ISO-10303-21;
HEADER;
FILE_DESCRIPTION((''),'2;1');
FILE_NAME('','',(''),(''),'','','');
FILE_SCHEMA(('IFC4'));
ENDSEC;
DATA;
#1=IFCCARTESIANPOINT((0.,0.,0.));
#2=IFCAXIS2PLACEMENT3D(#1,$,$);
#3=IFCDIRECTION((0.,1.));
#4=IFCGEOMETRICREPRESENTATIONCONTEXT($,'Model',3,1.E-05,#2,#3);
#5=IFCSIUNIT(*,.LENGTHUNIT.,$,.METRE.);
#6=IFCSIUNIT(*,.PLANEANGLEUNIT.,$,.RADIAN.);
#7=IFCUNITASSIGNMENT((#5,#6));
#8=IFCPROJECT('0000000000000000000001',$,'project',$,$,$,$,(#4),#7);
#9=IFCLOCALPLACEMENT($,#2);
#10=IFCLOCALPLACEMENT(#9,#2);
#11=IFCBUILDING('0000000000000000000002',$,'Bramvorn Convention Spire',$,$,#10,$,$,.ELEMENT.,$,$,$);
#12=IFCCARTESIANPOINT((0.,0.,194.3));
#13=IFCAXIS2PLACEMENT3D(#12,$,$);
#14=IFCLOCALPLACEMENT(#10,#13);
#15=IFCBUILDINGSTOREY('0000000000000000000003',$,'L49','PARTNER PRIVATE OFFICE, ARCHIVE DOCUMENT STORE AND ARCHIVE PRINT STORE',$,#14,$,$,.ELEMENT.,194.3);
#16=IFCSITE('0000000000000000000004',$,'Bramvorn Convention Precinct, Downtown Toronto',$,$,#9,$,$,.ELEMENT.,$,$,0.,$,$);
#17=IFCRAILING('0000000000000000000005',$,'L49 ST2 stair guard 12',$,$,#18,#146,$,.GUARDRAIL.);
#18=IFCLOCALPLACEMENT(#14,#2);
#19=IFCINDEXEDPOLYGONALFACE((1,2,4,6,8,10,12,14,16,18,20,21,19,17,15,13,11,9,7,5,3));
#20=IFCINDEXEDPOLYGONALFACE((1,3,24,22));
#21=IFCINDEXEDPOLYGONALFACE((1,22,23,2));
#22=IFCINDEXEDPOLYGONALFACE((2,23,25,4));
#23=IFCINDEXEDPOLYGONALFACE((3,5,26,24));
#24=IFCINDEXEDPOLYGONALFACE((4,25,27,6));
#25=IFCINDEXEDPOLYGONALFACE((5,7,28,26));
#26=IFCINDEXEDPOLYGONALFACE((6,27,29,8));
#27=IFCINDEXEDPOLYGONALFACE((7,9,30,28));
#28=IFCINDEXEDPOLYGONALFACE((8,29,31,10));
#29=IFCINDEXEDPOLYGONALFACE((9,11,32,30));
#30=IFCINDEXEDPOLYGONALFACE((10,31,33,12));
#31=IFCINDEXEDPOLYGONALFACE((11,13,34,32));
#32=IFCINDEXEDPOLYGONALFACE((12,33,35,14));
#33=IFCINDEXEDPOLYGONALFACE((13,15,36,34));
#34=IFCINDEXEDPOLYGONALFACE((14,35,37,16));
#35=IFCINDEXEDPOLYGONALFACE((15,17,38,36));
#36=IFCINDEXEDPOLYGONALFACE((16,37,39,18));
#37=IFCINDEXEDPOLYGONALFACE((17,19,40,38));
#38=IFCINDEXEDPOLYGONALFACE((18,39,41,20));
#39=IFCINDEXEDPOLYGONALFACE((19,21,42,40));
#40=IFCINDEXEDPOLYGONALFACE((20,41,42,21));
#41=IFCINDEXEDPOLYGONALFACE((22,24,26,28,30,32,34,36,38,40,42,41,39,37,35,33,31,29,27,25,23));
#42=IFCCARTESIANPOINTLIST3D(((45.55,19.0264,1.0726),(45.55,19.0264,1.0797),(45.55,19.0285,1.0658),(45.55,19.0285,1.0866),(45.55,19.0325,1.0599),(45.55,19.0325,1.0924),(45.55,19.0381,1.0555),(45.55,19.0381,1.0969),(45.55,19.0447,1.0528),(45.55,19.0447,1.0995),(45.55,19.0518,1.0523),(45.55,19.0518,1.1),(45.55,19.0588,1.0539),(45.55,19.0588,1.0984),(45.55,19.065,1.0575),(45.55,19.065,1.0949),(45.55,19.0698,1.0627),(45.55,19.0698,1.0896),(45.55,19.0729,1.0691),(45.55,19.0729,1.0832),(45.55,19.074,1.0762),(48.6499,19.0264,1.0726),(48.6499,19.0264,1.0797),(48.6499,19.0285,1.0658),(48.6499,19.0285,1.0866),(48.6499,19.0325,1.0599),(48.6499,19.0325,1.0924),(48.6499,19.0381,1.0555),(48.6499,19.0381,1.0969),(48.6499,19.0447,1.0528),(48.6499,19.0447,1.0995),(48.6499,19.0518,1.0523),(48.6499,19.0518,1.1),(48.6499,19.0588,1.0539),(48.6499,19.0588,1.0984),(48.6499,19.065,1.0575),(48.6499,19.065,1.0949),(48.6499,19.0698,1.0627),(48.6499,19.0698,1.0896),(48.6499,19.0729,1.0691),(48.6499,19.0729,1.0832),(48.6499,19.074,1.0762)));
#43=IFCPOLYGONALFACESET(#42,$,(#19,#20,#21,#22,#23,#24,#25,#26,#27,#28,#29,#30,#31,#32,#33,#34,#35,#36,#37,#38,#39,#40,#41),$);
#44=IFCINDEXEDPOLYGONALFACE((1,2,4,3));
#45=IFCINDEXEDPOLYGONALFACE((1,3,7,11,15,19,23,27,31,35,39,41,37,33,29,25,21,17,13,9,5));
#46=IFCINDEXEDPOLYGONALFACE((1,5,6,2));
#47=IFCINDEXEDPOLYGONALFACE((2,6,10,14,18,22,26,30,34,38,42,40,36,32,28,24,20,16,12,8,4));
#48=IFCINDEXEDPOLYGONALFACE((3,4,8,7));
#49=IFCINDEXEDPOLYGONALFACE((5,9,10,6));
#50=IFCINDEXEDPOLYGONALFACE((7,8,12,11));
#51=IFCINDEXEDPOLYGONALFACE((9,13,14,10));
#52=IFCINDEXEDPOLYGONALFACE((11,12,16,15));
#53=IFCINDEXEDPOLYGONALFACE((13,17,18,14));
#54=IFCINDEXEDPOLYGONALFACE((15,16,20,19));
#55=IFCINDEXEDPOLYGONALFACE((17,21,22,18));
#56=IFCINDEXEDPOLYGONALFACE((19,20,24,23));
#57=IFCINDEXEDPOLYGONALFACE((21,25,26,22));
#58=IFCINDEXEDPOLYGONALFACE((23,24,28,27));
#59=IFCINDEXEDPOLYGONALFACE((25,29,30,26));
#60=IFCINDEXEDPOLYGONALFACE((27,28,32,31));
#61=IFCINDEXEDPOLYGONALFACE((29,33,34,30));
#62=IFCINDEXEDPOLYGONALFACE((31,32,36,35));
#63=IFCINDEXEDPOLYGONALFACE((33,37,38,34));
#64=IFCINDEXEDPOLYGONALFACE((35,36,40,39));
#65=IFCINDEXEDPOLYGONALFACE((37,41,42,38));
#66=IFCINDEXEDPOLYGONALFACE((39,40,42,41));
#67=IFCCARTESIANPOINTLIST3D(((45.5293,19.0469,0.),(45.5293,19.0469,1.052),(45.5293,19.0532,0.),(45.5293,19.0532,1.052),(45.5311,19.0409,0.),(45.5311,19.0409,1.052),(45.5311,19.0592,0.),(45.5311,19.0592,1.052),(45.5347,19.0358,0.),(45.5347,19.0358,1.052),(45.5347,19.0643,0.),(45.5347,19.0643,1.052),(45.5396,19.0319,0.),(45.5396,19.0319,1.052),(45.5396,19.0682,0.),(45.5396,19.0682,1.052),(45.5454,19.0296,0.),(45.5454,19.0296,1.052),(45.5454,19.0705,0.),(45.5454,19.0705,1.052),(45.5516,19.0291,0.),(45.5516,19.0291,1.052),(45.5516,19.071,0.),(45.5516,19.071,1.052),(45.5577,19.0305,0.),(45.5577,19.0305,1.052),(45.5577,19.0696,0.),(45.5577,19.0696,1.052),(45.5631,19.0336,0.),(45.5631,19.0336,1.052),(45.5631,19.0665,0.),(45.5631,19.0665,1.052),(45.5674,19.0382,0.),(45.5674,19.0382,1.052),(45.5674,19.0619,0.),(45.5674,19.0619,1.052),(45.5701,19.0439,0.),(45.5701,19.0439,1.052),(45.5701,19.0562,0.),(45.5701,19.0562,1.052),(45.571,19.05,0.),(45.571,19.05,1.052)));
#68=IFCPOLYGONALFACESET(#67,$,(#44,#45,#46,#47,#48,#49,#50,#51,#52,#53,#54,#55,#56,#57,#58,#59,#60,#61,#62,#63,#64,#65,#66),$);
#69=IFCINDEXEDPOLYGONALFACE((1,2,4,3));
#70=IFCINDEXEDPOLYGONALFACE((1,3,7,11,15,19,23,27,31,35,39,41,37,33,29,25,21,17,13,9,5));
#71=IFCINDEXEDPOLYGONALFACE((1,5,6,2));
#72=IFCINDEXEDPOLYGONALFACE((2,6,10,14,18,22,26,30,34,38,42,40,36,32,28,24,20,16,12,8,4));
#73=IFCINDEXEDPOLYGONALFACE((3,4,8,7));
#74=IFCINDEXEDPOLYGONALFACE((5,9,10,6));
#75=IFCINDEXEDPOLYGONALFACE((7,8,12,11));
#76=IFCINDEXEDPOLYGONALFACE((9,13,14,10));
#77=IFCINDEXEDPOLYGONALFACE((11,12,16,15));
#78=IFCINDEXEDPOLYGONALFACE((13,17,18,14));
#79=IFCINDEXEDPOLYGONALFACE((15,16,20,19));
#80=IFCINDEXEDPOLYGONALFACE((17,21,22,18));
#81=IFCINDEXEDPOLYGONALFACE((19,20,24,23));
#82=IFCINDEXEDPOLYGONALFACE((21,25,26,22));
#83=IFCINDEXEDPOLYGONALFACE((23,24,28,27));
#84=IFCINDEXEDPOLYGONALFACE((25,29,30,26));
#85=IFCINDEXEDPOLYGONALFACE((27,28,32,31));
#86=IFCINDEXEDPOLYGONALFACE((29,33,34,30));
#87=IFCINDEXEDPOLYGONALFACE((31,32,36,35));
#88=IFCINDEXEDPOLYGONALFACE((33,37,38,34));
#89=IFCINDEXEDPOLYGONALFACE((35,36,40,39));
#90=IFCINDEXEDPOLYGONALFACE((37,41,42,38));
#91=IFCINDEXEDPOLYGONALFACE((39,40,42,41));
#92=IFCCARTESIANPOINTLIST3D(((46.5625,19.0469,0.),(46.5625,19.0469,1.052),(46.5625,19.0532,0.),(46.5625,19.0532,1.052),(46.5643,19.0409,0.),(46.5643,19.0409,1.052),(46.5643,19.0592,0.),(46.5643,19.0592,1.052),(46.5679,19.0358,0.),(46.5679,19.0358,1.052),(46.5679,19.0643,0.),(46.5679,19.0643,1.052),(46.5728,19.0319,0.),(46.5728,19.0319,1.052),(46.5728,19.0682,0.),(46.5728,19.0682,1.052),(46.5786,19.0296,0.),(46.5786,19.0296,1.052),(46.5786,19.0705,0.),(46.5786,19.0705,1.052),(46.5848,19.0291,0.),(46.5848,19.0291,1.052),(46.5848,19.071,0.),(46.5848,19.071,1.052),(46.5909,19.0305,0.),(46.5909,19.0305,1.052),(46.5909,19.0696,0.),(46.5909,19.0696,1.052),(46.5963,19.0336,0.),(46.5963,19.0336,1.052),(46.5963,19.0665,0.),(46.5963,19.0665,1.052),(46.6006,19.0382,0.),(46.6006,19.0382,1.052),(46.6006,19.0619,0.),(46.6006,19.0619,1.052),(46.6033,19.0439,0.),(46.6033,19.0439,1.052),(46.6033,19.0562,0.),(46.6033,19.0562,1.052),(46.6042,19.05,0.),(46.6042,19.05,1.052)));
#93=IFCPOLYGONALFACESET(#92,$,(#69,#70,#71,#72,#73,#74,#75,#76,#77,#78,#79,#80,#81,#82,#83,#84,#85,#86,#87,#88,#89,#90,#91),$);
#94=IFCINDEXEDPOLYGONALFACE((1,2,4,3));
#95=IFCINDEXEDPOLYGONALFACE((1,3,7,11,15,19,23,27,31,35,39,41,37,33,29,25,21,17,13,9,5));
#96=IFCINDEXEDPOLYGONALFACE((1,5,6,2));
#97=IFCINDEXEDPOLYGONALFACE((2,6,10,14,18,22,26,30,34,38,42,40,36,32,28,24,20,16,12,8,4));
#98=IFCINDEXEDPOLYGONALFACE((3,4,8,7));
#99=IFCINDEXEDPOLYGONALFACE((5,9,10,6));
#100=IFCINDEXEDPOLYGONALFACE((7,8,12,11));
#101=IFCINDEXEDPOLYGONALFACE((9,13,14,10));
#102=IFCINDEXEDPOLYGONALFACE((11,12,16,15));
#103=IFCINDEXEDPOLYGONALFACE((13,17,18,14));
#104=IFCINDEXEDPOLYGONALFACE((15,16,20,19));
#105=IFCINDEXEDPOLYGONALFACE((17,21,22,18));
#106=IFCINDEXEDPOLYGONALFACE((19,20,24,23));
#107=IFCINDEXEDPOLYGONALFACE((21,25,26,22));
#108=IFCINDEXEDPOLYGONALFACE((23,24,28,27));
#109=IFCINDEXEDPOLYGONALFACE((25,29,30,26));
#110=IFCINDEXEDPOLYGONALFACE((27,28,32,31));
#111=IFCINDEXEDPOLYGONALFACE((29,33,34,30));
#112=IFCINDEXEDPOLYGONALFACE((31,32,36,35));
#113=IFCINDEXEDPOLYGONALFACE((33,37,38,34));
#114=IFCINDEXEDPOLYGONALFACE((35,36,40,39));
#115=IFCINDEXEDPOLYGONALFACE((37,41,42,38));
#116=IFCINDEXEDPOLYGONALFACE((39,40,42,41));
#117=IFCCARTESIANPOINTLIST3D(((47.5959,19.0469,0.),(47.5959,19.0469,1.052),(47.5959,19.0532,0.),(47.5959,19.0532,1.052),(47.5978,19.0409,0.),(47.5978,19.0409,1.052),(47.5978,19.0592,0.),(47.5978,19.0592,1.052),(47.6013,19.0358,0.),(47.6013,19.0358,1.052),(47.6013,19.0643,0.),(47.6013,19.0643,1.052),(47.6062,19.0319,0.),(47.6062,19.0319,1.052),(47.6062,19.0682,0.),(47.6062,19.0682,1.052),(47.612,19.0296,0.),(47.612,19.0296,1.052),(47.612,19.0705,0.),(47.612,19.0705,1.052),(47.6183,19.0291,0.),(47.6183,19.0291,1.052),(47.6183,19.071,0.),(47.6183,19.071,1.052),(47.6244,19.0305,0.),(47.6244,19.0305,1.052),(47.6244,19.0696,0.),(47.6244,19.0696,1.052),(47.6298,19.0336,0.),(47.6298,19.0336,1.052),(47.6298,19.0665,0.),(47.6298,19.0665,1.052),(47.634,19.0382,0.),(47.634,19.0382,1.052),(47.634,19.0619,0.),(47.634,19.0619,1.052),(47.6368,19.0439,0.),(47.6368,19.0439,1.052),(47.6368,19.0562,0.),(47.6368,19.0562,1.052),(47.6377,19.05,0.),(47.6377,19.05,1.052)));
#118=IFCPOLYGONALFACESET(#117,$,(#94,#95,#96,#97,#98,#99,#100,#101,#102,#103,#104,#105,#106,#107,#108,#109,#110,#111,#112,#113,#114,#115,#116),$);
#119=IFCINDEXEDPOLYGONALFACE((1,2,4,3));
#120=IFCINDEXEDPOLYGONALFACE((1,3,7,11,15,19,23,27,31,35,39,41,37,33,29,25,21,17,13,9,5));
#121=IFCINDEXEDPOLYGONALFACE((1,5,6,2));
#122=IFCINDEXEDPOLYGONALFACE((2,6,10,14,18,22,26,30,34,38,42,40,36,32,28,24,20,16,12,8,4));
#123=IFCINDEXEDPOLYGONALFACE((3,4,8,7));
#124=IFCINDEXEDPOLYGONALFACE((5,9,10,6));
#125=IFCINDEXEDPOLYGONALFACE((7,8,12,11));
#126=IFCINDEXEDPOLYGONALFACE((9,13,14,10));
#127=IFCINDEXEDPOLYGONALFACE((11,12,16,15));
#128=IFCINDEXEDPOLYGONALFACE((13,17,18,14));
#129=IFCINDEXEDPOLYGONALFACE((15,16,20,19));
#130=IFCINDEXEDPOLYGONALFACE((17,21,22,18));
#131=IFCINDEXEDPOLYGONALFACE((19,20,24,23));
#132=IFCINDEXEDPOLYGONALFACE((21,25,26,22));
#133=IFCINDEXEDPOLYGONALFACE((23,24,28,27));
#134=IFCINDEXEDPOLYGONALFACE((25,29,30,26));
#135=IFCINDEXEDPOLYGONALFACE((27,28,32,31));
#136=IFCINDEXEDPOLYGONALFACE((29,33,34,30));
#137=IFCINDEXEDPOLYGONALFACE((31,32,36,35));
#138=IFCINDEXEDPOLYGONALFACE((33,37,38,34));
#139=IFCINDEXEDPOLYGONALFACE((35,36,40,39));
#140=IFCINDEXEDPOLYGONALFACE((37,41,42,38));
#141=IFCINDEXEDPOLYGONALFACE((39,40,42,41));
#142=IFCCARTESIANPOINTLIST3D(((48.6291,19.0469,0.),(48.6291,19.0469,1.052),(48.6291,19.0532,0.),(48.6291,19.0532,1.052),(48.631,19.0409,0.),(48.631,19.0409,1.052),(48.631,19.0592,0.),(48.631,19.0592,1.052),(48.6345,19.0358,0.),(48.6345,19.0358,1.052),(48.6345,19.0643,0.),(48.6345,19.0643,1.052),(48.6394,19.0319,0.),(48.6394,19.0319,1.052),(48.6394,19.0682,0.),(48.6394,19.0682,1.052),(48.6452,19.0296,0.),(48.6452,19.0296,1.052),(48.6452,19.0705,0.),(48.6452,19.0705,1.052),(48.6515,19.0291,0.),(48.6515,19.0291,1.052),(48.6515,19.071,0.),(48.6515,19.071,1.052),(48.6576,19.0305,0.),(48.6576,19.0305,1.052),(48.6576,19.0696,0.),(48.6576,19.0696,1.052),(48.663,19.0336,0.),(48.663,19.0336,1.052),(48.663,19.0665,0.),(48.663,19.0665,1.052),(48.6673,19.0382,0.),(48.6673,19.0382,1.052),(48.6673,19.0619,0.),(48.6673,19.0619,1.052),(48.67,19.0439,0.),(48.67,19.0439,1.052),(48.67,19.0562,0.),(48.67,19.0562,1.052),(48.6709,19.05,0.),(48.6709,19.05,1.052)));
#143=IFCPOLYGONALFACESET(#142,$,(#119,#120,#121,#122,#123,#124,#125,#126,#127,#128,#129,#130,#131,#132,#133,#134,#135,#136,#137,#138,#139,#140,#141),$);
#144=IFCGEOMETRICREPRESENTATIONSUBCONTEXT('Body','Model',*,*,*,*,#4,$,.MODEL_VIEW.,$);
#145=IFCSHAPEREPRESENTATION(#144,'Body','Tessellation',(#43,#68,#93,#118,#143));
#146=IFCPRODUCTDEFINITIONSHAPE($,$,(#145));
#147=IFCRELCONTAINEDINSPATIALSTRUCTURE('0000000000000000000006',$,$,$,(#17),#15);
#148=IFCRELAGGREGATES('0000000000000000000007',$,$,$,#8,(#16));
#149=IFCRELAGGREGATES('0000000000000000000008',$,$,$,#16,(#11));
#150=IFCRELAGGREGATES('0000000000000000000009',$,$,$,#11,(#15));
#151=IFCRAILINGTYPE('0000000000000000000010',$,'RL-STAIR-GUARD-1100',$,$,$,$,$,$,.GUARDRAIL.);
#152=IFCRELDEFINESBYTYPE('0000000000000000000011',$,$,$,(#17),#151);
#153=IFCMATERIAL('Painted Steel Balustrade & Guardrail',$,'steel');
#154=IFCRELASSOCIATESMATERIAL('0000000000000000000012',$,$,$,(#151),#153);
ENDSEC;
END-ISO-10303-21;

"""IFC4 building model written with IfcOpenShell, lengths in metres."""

from ifc_helpers import new_model, si_unit, direction, frame, origin, origin_2d, place, context, subcontext, project, spatial, circle, extrude, material, type_object, element, save


model = new_model("IFC4")

# Units and contexts
model_context = context("Model", 3, precision=1e-05, world=origin(), true_north=direction((0.0, 1.0)))
body_context = subcontext(model_context, "Body", "Model", "MODEL_VIEW")
ifc_project = project(units=[si_unit("LENGTHUNIT", "METRE"), si_unit("PLANEANGLEUNIT", "RADIAN")], contexts=[model_context])

# Site, building, storey
site_placement = place(None, origin())
site = spatial("IfcSite", under=ifc_project, at=site_placement, Name="Bramvorn Convention Precinct, Downtown Toronto", CompositionType="ELEMENT", RefElevation=0.0)
building_placement = place(site_placement, origin())
building = spatial("IfcBuilding", under=site, at=building_placement, Name="Bramvorn Convention Spire", CompositionType="ELEMENT")
storey_placement = place(building_placement, frame((0.0, 0.0, 194.3)))
storey = spatial("IfcBuildingStorey", under=building, at=storey_placement, Name="L49", Description="PARTNER PRIVATE OFFICE, ARCHIVE DOCUMENT STORE AND ARCHIVE PRINT STORE", CompositionType="ELEMENT", Elevation=194.3)

# Railing
ifc_material_1 = material(Name="Painted Steel Balustrade & Guardrail", Category="steel")
railing_type_1 = type_object("IfcRailingType", Name="RL-STAIR-GUARD-1100", PredefinedType="GUARDRAIL", material=ifc_material_1)
railing_1_placement = place(storey_placement, frame((45.55, 19.05, 0.0)))
element("IfcRailing", 1, at=railing_1_placement, inside=storey, type_object=railing_type_1, Name="L49 ST2 stair guard 12", PredefinedType="GUARDRAIL", context=body_context, shape_type="SweptSolid", body=[
    extrude(circle(Radius=0.0239, at=origin_2d()), frame((0.0, 0.0, 1.0762), z_axis=(1.0, 0.0, 0.0), x_axis=(0.0, 1.0, 0.0)), (0.0, 0.0, 1.0), 3.0999),
    extrude(circle(Radius=0.021, at=origin_2d()), origin(), (0.0, 0.0, 1.0), 1.052),
    extrude(circle(Radius=0.021, at=origin_2d()), frame((1.0332, 0.0, 0.0)), (0.0, 0.0, 1.0), 1.052),
    extrude(circle(Radius=0.021, at=origin_2d()), frame((2.0667, 0.0, 0.0)), (0.0, 0.0, 1.0), 1.052),
    extrude(circle(Radius=0.021, at=origin_2d()), frame((3.0999, 0.0, 0.0)), (0.0, 0.0, 1.0), 1.052),
])

save(model, "model.ifc")
